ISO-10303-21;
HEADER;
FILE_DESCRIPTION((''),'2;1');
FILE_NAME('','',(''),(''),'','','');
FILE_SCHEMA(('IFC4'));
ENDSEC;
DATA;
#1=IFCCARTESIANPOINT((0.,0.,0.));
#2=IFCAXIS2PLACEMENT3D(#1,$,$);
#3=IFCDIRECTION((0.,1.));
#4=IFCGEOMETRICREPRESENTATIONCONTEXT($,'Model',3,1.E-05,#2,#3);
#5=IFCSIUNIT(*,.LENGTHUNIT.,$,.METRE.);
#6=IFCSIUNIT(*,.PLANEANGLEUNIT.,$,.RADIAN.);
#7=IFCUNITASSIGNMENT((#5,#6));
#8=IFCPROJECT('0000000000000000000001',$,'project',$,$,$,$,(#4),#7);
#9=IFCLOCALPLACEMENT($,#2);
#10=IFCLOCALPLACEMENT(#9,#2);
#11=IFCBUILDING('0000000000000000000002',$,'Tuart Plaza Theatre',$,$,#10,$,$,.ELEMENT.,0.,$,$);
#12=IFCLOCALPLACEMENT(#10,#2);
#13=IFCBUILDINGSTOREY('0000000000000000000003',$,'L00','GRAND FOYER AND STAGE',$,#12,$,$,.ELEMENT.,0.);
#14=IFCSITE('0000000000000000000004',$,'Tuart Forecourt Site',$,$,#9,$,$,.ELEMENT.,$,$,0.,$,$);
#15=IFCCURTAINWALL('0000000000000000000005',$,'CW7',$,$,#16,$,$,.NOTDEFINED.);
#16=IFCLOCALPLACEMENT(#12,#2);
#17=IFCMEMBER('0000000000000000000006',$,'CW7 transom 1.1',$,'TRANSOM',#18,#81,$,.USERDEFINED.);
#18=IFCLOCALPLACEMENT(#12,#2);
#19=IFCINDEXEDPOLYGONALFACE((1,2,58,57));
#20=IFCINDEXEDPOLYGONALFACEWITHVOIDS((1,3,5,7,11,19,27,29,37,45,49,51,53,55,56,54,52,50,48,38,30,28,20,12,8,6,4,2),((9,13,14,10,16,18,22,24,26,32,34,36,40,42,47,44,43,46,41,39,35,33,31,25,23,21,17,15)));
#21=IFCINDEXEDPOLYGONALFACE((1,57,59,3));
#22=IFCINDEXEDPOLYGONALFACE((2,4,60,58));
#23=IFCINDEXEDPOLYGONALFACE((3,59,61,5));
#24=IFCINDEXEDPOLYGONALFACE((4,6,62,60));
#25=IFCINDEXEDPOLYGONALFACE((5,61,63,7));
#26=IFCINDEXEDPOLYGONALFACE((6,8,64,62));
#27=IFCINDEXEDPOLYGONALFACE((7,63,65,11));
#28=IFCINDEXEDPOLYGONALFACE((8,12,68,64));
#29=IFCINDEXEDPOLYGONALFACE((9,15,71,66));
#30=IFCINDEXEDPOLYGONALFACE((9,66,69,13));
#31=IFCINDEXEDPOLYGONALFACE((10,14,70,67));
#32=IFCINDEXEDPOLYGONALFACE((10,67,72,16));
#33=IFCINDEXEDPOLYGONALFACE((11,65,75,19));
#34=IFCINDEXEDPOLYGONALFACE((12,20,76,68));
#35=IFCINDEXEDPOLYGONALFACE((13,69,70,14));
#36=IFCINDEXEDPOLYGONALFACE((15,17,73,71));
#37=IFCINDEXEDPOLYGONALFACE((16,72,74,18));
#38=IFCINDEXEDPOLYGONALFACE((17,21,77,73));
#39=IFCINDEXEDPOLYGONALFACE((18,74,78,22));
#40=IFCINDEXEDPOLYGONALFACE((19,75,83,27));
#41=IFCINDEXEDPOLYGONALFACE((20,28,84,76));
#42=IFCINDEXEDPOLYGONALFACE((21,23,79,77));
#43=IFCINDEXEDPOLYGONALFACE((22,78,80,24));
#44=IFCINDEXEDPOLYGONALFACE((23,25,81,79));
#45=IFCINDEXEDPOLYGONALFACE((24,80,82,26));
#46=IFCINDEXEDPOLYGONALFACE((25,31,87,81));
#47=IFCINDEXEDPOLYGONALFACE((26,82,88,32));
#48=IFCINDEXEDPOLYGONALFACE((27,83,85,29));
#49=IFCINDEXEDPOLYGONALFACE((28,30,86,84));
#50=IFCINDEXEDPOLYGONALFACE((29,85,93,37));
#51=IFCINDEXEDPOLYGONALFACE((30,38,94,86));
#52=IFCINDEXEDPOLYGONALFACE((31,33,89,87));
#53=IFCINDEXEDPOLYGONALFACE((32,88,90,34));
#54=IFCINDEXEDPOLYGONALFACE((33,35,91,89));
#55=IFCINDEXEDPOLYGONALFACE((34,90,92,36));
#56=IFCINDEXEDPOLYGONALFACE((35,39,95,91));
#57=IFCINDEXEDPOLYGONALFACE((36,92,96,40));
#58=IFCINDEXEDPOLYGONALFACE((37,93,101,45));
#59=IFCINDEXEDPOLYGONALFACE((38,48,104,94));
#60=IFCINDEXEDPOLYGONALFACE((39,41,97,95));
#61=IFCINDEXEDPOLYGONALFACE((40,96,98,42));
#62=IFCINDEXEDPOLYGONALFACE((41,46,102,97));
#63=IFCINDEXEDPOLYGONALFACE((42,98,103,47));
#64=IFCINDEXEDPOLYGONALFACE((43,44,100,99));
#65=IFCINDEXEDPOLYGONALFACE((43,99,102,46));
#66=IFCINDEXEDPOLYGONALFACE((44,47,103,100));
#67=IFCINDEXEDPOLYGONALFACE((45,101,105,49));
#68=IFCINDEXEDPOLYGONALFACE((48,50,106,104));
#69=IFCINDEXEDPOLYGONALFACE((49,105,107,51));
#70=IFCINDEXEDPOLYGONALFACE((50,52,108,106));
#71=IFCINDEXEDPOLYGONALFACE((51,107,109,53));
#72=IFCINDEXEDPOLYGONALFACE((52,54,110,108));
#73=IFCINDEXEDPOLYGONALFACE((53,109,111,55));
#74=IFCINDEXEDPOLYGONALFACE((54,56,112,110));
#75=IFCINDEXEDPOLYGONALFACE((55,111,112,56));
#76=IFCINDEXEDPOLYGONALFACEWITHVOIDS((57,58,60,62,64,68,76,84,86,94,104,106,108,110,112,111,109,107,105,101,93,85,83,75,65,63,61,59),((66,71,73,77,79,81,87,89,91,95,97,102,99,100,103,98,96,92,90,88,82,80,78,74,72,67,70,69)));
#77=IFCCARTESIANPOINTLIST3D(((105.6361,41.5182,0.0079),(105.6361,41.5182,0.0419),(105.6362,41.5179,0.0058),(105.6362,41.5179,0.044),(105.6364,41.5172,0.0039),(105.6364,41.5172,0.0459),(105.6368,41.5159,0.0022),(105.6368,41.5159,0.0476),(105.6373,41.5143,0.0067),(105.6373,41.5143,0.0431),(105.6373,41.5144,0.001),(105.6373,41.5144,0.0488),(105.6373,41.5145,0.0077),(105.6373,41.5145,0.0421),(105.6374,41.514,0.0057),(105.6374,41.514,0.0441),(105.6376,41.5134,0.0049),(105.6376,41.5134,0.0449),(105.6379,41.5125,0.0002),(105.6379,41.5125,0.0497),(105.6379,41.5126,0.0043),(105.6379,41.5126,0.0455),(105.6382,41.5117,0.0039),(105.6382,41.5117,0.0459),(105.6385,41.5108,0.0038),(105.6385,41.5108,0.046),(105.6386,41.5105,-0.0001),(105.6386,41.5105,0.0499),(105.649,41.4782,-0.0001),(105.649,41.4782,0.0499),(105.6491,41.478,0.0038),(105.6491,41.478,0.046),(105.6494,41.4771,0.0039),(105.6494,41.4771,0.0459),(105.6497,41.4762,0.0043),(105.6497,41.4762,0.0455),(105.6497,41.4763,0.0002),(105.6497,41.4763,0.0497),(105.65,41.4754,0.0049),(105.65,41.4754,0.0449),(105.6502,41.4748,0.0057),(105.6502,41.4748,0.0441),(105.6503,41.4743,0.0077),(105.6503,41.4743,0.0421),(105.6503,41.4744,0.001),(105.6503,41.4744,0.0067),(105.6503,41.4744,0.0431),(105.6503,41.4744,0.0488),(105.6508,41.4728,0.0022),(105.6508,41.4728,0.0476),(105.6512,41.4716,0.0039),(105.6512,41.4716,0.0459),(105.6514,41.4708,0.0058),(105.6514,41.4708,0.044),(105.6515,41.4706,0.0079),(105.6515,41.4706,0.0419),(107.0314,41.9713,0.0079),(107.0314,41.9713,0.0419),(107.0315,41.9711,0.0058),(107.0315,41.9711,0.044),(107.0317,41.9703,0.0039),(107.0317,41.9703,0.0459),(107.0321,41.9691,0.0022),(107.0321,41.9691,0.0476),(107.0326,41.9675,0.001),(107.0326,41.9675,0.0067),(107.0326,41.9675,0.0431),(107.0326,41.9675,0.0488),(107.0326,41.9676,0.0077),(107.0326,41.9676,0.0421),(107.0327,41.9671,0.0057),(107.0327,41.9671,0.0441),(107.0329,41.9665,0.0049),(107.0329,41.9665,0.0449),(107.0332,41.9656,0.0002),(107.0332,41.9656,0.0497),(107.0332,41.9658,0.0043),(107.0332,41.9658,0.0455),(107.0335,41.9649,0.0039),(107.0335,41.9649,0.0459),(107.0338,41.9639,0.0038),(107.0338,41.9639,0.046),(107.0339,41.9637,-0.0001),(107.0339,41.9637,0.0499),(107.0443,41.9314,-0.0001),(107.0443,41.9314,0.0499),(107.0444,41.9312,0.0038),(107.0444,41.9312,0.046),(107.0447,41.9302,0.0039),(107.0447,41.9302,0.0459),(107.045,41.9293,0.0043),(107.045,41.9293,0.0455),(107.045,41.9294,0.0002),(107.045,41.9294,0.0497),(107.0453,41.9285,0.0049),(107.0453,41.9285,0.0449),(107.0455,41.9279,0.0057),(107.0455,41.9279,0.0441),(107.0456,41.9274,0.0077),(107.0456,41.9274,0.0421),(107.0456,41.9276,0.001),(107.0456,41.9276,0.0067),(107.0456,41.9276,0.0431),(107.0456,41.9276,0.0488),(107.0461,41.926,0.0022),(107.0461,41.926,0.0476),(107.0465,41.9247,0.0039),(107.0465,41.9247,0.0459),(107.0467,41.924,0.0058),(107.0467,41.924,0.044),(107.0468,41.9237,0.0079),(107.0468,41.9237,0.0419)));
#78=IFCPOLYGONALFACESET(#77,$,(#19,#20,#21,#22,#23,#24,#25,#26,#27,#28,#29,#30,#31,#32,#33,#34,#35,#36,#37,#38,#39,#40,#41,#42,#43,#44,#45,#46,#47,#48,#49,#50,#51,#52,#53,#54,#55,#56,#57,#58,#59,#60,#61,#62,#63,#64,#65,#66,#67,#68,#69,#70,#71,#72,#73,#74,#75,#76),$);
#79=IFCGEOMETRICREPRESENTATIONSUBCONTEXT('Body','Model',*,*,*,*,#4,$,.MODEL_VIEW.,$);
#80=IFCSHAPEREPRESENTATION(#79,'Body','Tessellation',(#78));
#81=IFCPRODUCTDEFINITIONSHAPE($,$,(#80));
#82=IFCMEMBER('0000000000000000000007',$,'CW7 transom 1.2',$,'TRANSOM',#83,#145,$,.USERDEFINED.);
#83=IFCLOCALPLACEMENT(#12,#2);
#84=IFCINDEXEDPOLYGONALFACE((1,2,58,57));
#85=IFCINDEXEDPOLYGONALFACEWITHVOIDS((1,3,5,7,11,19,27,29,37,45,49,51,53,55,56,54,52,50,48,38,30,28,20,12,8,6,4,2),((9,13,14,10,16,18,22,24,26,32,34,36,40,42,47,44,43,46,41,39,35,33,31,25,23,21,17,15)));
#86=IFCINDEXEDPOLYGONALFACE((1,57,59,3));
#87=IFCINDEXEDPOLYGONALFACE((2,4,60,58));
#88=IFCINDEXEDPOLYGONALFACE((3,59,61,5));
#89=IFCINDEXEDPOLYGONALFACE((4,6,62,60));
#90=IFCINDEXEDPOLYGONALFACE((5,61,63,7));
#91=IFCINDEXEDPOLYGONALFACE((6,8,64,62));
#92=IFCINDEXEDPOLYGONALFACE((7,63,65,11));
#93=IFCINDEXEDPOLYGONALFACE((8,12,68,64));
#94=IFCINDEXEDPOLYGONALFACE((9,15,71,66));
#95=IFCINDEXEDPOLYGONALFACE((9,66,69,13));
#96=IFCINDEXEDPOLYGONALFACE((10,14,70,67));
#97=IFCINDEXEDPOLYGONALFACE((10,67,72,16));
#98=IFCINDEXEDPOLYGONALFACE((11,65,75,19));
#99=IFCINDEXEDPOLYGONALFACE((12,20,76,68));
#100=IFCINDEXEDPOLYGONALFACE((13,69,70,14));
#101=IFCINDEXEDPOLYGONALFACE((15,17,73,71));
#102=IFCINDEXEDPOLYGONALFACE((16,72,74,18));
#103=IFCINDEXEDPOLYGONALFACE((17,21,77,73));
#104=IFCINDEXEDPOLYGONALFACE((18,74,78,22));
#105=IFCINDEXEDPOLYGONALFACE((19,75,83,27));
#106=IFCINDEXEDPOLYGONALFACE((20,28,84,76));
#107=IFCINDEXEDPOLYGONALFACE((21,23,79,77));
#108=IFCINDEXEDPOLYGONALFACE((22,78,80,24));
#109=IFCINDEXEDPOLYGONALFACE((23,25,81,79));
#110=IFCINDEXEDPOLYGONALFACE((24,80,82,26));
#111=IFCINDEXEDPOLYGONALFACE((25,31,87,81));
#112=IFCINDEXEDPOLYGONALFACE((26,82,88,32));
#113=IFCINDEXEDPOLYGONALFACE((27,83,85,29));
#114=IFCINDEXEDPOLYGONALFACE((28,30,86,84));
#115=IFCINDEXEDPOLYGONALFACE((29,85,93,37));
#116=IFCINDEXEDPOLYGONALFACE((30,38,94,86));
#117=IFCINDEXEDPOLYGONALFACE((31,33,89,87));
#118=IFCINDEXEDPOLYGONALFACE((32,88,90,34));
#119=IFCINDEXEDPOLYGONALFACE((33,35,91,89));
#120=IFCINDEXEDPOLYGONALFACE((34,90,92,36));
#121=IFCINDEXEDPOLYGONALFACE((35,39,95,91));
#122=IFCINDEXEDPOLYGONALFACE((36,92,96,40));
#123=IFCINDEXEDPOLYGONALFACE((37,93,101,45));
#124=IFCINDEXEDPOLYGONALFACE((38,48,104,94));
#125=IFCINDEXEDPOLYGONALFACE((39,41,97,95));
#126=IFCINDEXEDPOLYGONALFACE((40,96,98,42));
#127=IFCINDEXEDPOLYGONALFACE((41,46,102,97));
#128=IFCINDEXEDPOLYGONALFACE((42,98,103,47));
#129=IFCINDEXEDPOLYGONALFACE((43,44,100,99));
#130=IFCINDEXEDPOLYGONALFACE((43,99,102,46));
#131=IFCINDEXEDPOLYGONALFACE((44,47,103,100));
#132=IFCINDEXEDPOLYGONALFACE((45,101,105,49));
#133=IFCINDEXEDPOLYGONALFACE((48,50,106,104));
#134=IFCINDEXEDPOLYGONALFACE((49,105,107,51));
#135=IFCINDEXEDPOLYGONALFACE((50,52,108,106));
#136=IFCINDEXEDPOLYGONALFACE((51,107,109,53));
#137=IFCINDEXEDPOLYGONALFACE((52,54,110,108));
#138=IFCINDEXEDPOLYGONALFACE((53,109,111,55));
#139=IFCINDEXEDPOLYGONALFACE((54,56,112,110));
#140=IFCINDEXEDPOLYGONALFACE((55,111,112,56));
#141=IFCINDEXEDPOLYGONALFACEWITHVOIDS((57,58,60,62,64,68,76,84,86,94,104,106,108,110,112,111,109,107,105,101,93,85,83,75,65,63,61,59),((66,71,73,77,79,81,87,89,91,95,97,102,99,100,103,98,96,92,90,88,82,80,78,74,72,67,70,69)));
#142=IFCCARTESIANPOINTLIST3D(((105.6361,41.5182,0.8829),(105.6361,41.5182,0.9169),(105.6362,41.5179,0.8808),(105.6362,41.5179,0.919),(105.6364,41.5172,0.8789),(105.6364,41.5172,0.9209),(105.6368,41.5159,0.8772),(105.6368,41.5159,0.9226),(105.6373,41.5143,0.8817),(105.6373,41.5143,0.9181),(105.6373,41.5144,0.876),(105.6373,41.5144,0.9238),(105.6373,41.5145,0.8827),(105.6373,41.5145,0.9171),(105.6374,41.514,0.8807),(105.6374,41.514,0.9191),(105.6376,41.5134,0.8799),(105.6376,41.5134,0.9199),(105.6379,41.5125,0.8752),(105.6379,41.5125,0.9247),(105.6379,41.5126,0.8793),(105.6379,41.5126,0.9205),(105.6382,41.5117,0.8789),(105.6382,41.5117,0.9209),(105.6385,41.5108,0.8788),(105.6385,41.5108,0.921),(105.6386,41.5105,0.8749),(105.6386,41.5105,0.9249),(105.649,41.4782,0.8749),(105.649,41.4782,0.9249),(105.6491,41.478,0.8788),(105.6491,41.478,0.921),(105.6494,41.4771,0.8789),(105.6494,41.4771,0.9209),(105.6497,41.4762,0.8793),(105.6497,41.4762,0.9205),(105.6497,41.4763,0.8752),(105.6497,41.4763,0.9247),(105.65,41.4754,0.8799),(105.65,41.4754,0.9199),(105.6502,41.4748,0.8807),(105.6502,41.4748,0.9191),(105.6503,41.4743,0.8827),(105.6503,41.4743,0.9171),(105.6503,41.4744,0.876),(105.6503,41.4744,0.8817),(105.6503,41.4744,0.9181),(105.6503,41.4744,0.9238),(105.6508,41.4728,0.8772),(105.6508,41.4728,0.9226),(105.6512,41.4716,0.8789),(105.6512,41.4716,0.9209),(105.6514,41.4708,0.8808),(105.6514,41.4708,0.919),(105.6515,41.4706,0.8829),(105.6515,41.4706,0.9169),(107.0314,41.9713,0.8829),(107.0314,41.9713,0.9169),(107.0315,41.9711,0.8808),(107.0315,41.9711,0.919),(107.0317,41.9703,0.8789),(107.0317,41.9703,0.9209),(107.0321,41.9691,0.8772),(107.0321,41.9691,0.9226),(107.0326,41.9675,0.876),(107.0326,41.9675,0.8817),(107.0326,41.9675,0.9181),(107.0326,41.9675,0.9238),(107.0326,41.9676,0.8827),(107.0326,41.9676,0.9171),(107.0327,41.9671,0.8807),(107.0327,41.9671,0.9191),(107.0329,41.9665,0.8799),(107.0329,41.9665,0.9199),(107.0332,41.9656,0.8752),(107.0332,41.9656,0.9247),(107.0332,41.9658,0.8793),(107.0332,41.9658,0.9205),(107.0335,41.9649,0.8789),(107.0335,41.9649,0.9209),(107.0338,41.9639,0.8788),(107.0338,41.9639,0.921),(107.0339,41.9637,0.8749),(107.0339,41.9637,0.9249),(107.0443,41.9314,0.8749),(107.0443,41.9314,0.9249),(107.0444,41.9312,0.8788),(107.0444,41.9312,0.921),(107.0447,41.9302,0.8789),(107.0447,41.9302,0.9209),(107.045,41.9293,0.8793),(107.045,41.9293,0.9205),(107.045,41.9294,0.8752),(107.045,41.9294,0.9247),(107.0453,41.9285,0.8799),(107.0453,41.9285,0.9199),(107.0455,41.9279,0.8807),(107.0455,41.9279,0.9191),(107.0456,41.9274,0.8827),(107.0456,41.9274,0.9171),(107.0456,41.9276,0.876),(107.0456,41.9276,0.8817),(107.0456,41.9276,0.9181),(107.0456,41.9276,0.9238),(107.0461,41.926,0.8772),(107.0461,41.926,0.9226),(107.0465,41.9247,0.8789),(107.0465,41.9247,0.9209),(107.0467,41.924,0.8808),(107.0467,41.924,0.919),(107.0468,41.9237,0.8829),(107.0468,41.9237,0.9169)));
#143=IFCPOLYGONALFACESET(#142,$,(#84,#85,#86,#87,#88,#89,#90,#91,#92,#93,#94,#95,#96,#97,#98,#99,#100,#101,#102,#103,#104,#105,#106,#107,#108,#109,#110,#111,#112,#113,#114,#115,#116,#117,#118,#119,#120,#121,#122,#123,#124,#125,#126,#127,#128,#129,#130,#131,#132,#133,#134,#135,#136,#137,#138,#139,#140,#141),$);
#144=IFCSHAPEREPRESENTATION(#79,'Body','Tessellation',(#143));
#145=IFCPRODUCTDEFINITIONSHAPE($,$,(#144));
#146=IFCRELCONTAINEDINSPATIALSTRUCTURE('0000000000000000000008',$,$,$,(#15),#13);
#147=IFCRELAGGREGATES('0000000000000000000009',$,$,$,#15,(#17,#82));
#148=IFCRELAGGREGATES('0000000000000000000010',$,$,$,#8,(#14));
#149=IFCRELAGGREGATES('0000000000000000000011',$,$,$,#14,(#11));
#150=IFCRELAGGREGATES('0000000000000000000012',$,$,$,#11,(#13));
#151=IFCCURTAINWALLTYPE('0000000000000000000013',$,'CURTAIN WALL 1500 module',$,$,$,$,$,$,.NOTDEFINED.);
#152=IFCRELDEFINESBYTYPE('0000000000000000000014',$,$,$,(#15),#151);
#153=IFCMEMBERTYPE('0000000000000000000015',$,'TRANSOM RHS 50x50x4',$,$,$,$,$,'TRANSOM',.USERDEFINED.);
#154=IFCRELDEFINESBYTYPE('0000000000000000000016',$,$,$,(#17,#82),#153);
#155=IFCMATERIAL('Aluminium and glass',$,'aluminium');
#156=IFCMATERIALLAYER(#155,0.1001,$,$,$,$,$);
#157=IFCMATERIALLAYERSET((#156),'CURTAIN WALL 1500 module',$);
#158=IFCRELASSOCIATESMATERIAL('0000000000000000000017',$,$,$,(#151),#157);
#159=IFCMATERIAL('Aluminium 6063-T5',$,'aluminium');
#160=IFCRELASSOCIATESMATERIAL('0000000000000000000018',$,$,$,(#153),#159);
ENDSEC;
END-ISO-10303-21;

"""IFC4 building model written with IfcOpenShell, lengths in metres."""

from ifc_helpers import new_model, si_unit, direction, frame, origin, origin_2d, place, context, subcontext, project, spatial, hollow_rectangle, extrude, material, layer, layer_set, material_profile, profile_set, type_object, element, aggregate, save


model = new_model("IFC4")

# Units and contexts
model_context = context("Model", 3, precision=1e-05, world=origin(), true_north=direction((0.0, 1.0)))
body_context = subcontext(model_context, "Body", "Model", "MODEL_VIEW")
ifc_project = project(units=[si_unit("LENGTHUNIT", "METRE"), si_unit("PLANEANGLEUNIT", "RADIAN")], contexts=[model_context])

# Site, building, storey
site_placement = place(None, origin())
site = spatial("IfcSite", under=ifc_project, at=site_placement, Name="Tuart Forecourt Site", CompositionType="ELEMENT", RefElevation=0.0)
building_placement = place(site_placement, origin())
building = spatial("IfcBuilding", under=site, at=building_placement, Name="Tuart Plaza Theatre", CompositionType="ELEMENT", ElevationOfRefHeight=0.0)
storey_placement = place(building_placement, origin())
storey = spatial("IfcBuildingStorey", under=building, at=storey_placement, Name="L00", Description="GRAND FOYER AND STAGE", CompositionType="ELEMENT", Elevation=0.0)

# Curtain wall
ifc_material_1 = material(Name="Aluminium and glass", Category="aluminium")
ifc_layer_1 = layer(ifc_material_1, 0.1001)
ifc_layer_set_1 = layer_set([ifc_layer_1], Name="CURTAIN WALL 1500 module")
curtain_wall_type = type_object("IfcCurtainWallType", Name="CURTAIN WALL 1500 module", PredefinedType="NOTDEFINED", material=ifc_layer_set_1)
curtain_wall_1_placement = place(storey_placement, origin())
curtain_wall_1 = element("IfcCurtainWall", 1, at=curtain_wall_1_placement, inside=storey, type_object=curtain_wall_type, Name="CW7", PredefinedType="NOTDEFINED")

# Shared definitions
ifc_material_2 = material(Name="Aluminium 6063-T5", Category="aluminium")
ifc_material_profile_1 = material_profile(ifc_material_2, hollow_rectangle(XDim=0.05, YDim=0.05, WallThickness=0.0039, InnerFilletRadius=0.0039, OuterFilletRadius=0.0081, at=origin_2d()), Name="RHS 50x50x4")
ifc_profile_set_1 = profile_set([ifc_material_profile_1], Name="Aluminium 6063-T5")
member_type_1 = type_object("IfcMemberType", Name="TRANSOM RHS 50x50x4", ElementType="TRANSOM", PredefinedType="USERDEFINED", material=ifc_profile_set_1)

# Members
member_1_placement = place(storey_placement, frame((105.6438, 41.4944, 0.0249), z_axis=(0.951101, 0.308879, 0.0), x_axis=(-0.308879, 0.951101, 0.0)))
member_1 = element("IfcMember", 2, at=member_1_placement, type_object=member_type_1, Name="CW7 transom 1.1", ObjectType="TRANSOM", PredefinedType="USERDEFINED", context=body_context, shape_type="SweptSolid", body=[
    extrude(hollow_rectangle(XDim=0.05, YDim=0.05, WallThickness=0.0039, InnerFilletRadius=0.0039, OuterFilletRadius=0.0081, at=origin_2d()), origin(), (0.0, 0.0, 1.0), 1.467),
])
member_2_placement = place(storey_placement, frame((105.6438, 41.4944, 0.8999), z_axis=(0.951101, 0.308879, 0.0), x_axis=(-0.308879, 0.951101, 0.0)))
member_2 = element("IfcMember", 3, at=member_2_placement, type_object=member_type_1, Name="CW7 transom 1.2", ObjectType="TRANSOM", PredefinedType="USERDEFINED", context=body_context, shape_type="SweptSolid", body=[
    extrude(hollow_rectangle(XDim=0.05, YDim=0.05, WallThickness=0.0039, InnerFilletRadius=0.0039, OuterFilletRadius=0.0081, at=origin_2d()), origin(), (0.0, 0.0, 1.0), 1.467),
])

aggregate(curtain_wall_1, [member_1, member_2])

save(model, "model.ifc")
